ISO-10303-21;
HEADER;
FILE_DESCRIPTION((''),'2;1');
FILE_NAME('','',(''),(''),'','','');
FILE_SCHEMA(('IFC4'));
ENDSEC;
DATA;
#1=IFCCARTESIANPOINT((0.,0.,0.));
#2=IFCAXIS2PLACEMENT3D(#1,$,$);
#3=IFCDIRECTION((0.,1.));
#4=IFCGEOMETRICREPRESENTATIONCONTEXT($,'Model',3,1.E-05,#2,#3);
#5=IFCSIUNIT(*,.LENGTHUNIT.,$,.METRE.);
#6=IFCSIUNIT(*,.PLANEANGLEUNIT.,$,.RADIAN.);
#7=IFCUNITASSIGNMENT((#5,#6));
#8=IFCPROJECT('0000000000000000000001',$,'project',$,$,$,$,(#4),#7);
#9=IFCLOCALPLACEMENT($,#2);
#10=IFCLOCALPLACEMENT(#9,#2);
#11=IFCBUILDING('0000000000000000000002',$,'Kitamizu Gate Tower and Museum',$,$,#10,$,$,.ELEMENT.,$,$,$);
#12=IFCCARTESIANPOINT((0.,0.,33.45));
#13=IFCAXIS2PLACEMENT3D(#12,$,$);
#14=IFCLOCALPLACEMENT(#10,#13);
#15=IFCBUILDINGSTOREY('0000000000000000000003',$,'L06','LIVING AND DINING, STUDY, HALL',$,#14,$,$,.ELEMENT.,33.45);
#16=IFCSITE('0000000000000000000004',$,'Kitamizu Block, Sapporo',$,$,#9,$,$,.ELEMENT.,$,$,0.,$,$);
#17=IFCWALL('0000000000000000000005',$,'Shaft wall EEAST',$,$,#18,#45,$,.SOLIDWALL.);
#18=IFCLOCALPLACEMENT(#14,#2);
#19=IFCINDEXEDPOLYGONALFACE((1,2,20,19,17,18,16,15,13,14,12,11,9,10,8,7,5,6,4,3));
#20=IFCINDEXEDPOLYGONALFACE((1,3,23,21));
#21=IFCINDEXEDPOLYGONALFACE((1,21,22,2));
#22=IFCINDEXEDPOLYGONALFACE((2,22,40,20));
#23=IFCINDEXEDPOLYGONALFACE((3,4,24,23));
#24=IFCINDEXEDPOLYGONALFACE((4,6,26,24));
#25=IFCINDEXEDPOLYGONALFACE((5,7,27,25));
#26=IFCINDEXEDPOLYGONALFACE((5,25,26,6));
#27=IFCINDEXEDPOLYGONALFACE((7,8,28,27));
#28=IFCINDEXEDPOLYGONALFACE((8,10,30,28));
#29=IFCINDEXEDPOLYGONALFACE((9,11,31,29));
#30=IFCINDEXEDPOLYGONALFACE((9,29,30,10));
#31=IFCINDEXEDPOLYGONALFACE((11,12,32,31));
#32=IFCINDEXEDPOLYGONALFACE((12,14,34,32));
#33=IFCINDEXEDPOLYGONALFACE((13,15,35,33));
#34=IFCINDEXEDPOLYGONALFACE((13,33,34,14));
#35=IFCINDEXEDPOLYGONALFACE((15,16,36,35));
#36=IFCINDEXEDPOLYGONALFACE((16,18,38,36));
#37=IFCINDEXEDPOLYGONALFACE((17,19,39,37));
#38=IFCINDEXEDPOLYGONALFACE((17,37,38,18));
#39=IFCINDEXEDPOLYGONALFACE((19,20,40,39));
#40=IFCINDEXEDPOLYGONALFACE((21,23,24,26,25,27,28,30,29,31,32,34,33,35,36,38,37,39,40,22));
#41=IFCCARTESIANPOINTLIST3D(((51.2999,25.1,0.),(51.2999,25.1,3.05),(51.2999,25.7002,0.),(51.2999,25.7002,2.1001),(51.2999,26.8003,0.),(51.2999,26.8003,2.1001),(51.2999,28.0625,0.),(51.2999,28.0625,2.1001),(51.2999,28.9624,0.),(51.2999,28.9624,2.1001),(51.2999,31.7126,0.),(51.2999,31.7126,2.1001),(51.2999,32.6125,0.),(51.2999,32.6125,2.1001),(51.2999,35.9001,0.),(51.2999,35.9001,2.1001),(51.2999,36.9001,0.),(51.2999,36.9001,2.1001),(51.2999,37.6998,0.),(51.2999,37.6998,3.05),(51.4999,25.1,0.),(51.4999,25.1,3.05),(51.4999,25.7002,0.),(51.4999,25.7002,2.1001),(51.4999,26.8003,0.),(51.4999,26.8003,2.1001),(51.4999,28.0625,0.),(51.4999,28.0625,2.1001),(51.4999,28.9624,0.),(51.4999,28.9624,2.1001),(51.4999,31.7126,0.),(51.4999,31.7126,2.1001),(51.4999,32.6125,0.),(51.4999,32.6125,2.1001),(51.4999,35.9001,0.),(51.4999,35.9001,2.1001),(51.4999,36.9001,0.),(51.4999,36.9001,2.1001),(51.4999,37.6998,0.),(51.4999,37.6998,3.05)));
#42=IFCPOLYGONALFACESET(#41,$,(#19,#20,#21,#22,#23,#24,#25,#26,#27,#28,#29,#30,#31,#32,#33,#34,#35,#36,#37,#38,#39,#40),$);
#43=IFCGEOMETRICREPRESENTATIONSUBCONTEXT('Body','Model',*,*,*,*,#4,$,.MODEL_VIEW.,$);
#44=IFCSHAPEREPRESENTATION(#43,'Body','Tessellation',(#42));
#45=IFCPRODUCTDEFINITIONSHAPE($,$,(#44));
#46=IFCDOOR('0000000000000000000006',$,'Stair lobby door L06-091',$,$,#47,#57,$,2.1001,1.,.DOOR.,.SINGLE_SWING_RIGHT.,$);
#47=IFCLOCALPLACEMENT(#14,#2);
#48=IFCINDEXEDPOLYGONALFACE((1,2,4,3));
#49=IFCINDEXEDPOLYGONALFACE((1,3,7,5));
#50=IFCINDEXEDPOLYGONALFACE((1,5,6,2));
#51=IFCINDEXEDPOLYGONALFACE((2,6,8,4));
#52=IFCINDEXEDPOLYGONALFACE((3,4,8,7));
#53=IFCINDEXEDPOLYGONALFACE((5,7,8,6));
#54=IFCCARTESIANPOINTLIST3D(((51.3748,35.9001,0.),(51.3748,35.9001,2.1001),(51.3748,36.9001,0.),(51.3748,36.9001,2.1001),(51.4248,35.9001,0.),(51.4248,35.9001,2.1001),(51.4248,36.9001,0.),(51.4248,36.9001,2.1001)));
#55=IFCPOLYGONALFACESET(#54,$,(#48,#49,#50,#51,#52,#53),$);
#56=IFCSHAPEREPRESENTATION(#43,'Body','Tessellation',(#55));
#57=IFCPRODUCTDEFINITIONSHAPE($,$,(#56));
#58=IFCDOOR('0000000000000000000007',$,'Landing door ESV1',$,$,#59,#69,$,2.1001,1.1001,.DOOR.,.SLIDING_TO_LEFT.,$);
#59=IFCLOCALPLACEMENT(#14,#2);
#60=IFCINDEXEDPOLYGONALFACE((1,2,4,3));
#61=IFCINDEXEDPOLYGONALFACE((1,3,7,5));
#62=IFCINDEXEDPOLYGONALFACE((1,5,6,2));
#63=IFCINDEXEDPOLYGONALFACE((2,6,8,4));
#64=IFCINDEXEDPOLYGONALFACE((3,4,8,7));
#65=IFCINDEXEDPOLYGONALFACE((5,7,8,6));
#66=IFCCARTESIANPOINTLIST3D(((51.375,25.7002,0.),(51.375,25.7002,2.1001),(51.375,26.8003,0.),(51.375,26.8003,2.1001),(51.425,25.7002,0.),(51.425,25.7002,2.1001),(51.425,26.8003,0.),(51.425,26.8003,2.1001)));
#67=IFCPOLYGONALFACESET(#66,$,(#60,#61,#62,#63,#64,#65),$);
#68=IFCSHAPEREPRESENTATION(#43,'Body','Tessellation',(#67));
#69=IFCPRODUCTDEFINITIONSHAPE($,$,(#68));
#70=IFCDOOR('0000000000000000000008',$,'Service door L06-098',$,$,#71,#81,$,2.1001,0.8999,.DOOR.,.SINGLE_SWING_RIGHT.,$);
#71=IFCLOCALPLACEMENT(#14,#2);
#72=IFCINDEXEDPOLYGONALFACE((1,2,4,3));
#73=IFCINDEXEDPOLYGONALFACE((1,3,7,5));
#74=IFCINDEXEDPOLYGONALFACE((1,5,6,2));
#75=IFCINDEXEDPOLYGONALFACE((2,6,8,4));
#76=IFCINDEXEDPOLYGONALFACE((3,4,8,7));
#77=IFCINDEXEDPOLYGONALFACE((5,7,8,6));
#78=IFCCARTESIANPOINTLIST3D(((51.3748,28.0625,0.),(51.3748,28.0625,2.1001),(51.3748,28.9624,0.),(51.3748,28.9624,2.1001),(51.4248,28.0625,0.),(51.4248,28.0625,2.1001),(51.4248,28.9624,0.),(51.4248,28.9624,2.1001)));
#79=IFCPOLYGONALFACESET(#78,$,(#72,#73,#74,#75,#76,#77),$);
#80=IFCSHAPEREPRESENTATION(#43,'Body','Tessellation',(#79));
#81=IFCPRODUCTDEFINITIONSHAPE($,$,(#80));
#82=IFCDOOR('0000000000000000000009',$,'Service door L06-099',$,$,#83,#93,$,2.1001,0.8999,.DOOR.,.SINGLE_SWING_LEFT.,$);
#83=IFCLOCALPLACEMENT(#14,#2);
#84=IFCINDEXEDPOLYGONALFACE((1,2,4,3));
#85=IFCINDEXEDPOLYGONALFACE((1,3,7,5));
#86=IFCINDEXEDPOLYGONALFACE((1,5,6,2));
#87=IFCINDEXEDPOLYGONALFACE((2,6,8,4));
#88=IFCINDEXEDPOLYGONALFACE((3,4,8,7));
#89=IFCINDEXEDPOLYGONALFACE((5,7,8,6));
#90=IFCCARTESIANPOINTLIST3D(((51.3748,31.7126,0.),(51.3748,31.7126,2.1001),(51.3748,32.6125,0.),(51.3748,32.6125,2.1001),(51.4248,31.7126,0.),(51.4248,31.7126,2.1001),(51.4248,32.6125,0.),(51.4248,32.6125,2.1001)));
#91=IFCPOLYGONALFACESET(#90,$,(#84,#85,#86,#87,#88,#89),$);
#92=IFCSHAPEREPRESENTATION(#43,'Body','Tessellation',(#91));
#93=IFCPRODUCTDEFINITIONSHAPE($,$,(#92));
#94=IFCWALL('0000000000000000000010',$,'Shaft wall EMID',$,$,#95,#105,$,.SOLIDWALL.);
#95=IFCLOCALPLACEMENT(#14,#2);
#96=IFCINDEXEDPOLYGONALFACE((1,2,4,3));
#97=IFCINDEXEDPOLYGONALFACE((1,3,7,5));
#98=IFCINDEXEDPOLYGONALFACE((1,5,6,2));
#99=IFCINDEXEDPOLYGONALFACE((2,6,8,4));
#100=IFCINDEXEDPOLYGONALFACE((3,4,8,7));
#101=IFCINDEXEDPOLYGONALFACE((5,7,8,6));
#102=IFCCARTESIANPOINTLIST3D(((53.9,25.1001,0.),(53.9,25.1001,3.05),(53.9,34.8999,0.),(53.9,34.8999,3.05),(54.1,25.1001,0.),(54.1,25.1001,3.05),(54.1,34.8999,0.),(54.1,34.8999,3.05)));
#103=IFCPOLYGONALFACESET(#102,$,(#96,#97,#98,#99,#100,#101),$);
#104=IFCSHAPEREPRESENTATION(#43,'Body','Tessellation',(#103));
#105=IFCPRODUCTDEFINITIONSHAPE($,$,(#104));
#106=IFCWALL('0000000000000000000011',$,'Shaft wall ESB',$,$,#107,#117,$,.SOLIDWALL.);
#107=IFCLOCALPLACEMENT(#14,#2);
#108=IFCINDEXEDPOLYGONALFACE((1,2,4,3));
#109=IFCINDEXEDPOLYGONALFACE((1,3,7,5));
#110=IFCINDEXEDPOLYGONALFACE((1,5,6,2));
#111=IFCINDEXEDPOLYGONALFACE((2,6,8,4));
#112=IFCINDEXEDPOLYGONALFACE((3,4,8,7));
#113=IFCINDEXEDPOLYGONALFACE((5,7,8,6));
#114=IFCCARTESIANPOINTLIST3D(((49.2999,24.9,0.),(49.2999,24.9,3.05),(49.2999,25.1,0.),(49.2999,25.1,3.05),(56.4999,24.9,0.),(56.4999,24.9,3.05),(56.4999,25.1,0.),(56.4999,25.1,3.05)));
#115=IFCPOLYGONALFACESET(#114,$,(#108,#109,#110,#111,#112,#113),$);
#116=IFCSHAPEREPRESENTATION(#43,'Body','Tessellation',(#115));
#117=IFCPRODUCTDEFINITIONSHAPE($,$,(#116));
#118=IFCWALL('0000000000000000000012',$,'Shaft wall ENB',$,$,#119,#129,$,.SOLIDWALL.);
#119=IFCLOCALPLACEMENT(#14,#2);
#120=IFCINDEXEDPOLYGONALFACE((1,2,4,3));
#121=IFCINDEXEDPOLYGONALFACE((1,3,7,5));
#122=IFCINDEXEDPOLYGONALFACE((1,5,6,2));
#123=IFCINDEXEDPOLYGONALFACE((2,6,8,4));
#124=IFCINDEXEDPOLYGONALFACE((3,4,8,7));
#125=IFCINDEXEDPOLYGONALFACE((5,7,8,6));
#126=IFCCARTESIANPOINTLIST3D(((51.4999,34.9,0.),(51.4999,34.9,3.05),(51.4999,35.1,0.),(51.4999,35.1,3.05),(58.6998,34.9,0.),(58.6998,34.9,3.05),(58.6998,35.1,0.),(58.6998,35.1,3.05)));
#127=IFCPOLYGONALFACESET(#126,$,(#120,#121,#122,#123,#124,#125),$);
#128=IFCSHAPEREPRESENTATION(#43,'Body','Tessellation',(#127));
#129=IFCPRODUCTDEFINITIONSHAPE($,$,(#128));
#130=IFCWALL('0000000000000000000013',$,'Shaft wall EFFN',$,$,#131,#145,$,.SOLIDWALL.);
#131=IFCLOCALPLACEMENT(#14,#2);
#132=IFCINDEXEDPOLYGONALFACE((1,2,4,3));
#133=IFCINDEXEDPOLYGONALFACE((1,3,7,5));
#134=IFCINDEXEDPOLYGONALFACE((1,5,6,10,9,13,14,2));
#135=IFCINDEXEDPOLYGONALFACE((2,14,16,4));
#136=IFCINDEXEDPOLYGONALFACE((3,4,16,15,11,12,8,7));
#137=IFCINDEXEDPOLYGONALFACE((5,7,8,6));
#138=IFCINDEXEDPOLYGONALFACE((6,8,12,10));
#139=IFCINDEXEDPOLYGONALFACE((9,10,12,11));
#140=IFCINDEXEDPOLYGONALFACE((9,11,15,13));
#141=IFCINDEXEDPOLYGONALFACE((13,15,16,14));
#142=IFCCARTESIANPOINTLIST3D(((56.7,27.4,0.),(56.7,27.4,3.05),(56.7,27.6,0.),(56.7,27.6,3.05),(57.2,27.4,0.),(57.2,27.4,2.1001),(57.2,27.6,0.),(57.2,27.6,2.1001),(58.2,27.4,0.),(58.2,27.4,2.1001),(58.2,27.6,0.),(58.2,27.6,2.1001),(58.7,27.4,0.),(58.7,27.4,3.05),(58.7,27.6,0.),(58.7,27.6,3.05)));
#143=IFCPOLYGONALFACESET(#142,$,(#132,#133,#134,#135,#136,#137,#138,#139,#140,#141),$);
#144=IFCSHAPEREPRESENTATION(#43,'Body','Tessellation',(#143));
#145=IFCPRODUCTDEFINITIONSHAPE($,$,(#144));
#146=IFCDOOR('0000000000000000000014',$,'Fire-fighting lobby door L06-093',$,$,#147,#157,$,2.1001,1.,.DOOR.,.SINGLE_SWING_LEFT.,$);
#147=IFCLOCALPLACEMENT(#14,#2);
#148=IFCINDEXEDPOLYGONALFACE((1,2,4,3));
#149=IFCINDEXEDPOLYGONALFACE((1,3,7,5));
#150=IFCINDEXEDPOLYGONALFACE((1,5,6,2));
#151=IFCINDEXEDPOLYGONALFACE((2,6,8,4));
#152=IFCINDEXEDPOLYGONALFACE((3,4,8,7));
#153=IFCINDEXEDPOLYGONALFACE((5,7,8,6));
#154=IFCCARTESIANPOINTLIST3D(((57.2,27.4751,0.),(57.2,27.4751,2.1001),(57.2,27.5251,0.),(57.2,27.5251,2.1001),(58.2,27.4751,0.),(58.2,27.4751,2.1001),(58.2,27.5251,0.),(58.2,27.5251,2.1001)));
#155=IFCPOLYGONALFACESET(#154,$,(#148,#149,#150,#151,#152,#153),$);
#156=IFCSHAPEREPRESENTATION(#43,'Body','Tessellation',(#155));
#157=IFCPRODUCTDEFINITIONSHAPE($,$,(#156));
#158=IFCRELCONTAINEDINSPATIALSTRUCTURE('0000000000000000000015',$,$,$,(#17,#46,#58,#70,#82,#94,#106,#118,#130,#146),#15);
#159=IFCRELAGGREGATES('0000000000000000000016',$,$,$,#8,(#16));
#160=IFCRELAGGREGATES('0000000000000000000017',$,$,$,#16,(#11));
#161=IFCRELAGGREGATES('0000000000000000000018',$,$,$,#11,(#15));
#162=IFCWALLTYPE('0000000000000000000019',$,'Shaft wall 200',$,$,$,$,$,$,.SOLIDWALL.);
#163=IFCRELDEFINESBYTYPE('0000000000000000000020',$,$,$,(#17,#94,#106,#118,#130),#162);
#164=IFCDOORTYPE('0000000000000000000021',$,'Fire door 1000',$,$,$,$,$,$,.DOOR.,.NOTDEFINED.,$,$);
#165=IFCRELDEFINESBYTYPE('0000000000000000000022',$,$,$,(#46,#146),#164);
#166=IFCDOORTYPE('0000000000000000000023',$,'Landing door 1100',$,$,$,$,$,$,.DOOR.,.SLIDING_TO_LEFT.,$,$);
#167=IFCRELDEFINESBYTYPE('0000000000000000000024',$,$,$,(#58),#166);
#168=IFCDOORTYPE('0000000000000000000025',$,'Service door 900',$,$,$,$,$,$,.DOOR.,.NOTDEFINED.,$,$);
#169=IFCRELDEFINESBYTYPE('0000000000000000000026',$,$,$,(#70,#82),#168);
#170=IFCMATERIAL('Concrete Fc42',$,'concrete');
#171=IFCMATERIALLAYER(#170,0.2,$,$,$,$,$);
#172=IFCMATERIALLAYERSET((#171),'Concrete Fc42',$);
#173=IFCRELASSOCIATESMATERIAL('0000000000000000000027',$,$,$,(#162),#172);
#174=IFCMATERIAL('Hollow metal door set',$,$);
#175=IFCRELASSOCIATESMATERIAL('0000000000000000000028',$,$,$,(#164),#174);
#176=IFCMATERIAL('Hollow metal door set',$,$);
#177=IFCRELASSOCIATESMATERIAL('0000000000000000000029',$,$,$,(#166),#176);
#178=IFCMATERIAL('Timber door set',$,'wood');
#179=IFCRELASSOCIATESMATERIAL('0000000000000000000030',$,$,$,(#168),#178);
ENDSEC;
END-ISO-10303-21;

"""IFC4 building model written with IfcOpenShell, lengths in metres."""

from ifc_helpers import new_model, si_unit, direction, frame, frame_2d, origin, place, context, subcontext, project, spatial, rectangle, extrude, material, layer, layer_set, type_object, element, fill, save


model = new_model("IFC4")

# Units and contexts
model_context = context("Model", 3, precision=1e-05, world=origin(), true_north=direction((0.0, 1.0)))
body_context = subcontext(model_context, "Body", "Model", "MODEL_VIEW")
ifc_project = project(units=[si_unit("LENGTHUNIT", "METRE"), si_unit("PLANEANGLEUNIT", "RADIAN")], contexts=[model_context])

# Site, building, storey
site_placement = place(None, origin())
site = spatial("IfcSite", under=ifc_project, at=site_placement, Name="Kitamizu Block, Sapporo", CompositionType="ELEMENT", RefElevation=0.0)
building_placement = place(site_placement, origin())
building = spatial("IfcBuilding", under=site, at=building_placement, Name="Kitamizu Gate Tower and Museum", CompositionType="ELEMENT")
storey_placement = place(building_placement, frame((0.0, 0.0, 33.45)))
storey = spatial("IfcBuildingStorey", under=building, at=storey_placement, Name="L06", Description="LIVING AND DINING, STUDY, HALL", CompositionType="ELEMENT", Elevation=33.45)

# Wall, openings, doors
ifc_material_1 = material(Name="Concrete Fc42", Category="concrete")
ifc_layer_1 = layer(ifc_material_1, 0.2)
ifc_layer_set_1 = layer_set([ifc_layer_1], Name="Concrete Fc42")
wall_type_1 = type_object("IfcWallType", Name="Shaft wall 200", PredefinedType="SOLIDWALL", material=ifc_layer_set_1)
wall_1_placement = place(storey_placement, frame((51.3999, 25.1001, 0.0), z_axis=(0.0, 0.0, 1.0), x_axis=(0.0, 1.0, 0.0)))
wall_1 = element("IfcWall", 1, at=wall_1_placement, inside=storey, type_object=wall_type_1, Name="Shaft wall EEAST", PredefinedType="SOLIDWALL", context=body_context, shape_type="SweptSolid", body=[
    extrude(rectangle(XDim=12.5999, YDim=0.2, at=frame_2d((6.2998, 0.0))), origin(), (0.0, 0.0, 1.0), 3.05),
])
opening_1_placement = place(wall_1_placement, frame((0.6001, 0.0, 0.0)))
opening_1 = element("IfcOpeningElement", 2, at=opening_1_placement, cuts=wall_1, PredefinedType="OPENING", context=body_context, shape_type="SweptSolid", body=[
    extrude(rectangle(XDim=1.1001, YDim=2.1001, at=frame_2d((0.55, 1.05))), frame((0.0, 0.1099, 0.0), z_axis=(0.0, -1.0, 0.0), x_axis=(1.0, 0.0, 0.0)), (0.0, 0.0, 1.0), 0.22),
])
opening_2_placement = place(wall_1_placement, frame((10.8, 0.0, 0.0)))
opening_2 = element("IfcOpeningElement", 3, at=opening_2_placement, cuts=wall_1, PredefinedType="OPENING", context=body_context, shape_type="SweptSolid", body=[
    extrude(rectangle(XDim=1.0, YDim=2.1001, at=frame_2d((0.5, 1.05))), frame((0.0, 0.1099, 0.0), z_axis=(0.0, -1.0, 0.0), x_axis=(1.0, 0.0, 0.0)), (0.0, 0.0, 1.0), 0.22),
])
opening_3_placement = place(wall_1_placement, frame((2.9624, 0.0, 0.0)))
opening_3 = element("IfcOpeningElement", 4, at=opening_3_placement, cuts=wall_1, PredefinedType="OPENING", context=body_context, shape_type="SweptSolid", body=[
    extrude(rectangle(XDim=0.8999, YDim=2.1001, at=frame_2d((0.45, 1.05))), frame((0.0, 0.1099, 0.0), z_axis=(0.0, -1.0, 0.0), x_axis=(1.0, 0.0, 0.0)), (0.0, 0.0, 1.0), 0.22),
])
opening_4_placement = place(wall_1_placement, frame((6.6125, 0.0, 0.0)))
opening_4 = element("IfcOpeningElement", 5, at=opening_4_placement, cuts=wall_1, PredefinedType="OPENING", context=body_context, shape_type="SweptSolid", body=[
    extrude(rectangle(XDim=0.8999, YDim=2.1001, at=frame_2d((0.45, 1.05))), frame((0.0, 0.1099, 0.0), z_axis=(0.0, -1.0, 0.0), x_axis=(1.0, 0.0, 0.0)), (0.0, 0.0, 1.0), 0.22),
])
ifc_material_2 = material(Name="Hollow metal door set")
door_type_1 = type_object("IfcDoorType", Name="Fire door 1000", OperationType="NOTDEFINED", PredefinedType="DOOR", material=ifc_material_2)
door_1_placement = place(opening_2_placement, frame((1.0, 0.0, 0.0), x_axis=(-1.0, 0.0, 0.0)))
door_1 = element("IfcDoor", 6, at=door_1_placement, inside=storey, type_object=door_type_1, Name="Stair lobby door L06-091", OperationType="SINGLE_SWING_RIGHT", OverallHeight=2.1001, OverallWidth=1.0, PredefinedType="DOOR", context=body_context, shape_type="SweptSolid", body=[
    extrude(rectangle(XDim=1.0, YDim=2.1001, at=frame_2d((0.5, 1.05))), frame((0.0, 0.0249, 0.0), z_axis=(0.0, -1.0, 0.0), x_axis=(1.0, 0.0, 0.0)), (0.0, 0.0, 1.0), 0.05),
])
fill(opening_2, door_1)
ifc_material_3 = material(Name="Hollow metal door set")
door_type_2 = type_object("IfcDoorType", Name="Landing door 1100", OperationType="SLIDING_TO_LEFT", PredefinedType="DOOR", material=ifc_material_3)
door_2_placement = place(opening_1_placement, origin())
door_2 = element("IfcDoor", 7, at=door_2_placement, inside=storey, type_object=door_type_2, Name="Landing door ESV1", OperationType="SLIDING_TO_LEFT", OverallHeight=2.1001, OverallWidth=1.1001, PredefinedType="DOOR", context=body_context, shape_type="SweptSolid", body=[
    extrude(rectangle(XDim=1.1001, YDim=2.1001, at=frame_2d((0.55, 1.05))), frame((0.0, 0.0249, 0.0), z_axis=(0.0, -1.0, 0.0), x_axis=(1.0, 0.0, 0.0)), (0.0, 0.0, 1.0), 0.05),
])
fill(opening_1, door_2)
ifc_material_4 = material(Name="Timber door set", Category="wood")
door_type_3 = type_object("IfcDoorType", Name="Service door 900", OperationType="NOTDEFINED", PredefinedType="DOOR", material=ifc_material_4)
door_3_placement = place(opening_3_placement, frame((0.8999, 0.0, 0.0), x_axis=(-1.0, 0.0, 0.0)))
door_3 = element("IfcDoor", 8, at=door_3_placement, inside=storey, type_object=door_type_3, Name="Service door L06-098", OperationType="SINGLE_SWING_RIGHT", OverallHeight=2.1001, OverallWidth=0.8999, PredefinedType="DOOR", context=body_context, shape_type="SweptSolid", body=[
    extrude(rectangle(XDim=0.8999, YDim=2.1001, at=frame_2d((0.45, 1.05))), frame((0.0, 0.0249, 0.0), z_axis=(0.0, -1.0, 0.0), x_axis=(1.0, 0.0, 0.0)), (0.0, 0.0, 1.0), 0.05),
])
fill(opening_3, door_3)
door_4_placement = place(opening_4_placement, frame((0.8999, 0.0, 0.0), x_axis=(-1.0, 0.0, 0.0)))
door_4 = element("IfcDoor", 9, at=door_4_placement, inside=storey, type_object=door_type_3, Name="Service door L06-099", OperationType="SINGLE_SWING_LEFT", OverallHeight=2.1001, OverallWidth=0.8999, PredefinedType="DOOR", context=body_context, shape_type="SweptSolid", body=[
    extrude(rectangle(XDim=0.8999, YDim=2.1001, at=frame_2d((0.45, 1.05))), frame((0.0, 0.0249, 0.0), z_axis=(0.0, -1.0, 0.0), x_axis=(1.0, 0.0, 0.0)), (0.0, 0.0, 1.0), 0.05),
])
fill(opening_4, door_4)

# Walls
wall_2_placement = place(storey_placement, frame((54.0, 25.1001, 0.0), z_axis=(0.0, 0.0, 1.0), x_axis=(0.0, 1.0, 0.0)))
element("IfcWall", 10, at=wall_2_placement, inside=storey, type_object=wall_type_1, Name="Shaft wall EMID", PredefinedType="SOLIDWALL", context=body_context, shape_type="SweptSolid", body=[
    extrude(rectangle(XDim=9.7998, YDim=0.2, at=frame_2d((4.8999, 0.0))), origin(), (0.0, 0.0, 1.0), 3.05),
])
for number, where, z_axis, x_axis, name in (
    (11, (56.5, 25.0, 0.0), (0.0, 0.0, 1.0), (-1.0, 0.0, 0.0), "Shaft wall ESB"),
    (12, (58.7, 35.0, 0.0), (0.0, 0.0, 1.0), (-1.0, 0.0, 0.0), "Shaft wall ENB"),
):
    element("IfcWall", number, at=place(storey_placement, frame(where, z_axis=z_axis, x_axis=x_axis)), inside=storey, type_object=wall_type_1, Name=name, PredefinedType="SOLIDWALL", context=body_context, shape_type="SweptSolid", body=[
        extrude(rectangle(XDim=7.2, YDim=0.2, at=frame_2d((3.6001, 0.0))), origin(), (0.0, 0.0, 1.0), 3.05),
    ])

# Wall, opening, door
wall_3_placement = place(storey_placement, frame((58.7, 27.5, 0.0), z_axis=(0.0, 0.0, 1.0), x_axis=(-1.0, 0.0, 0.0)))
wall_3 = element("IfcWall", 13, at=wall_3_placement, inside=storey, type_object=wall_type_1, Name="Shaft wall EFFN", PredefinedType="SOLIDWALL", context=body_context, shape_type="SweptSolid", body=[
    extrude(rectangle(XDim=2.0, YDim=0.2, at=frame_2d((1.0, 0.0))), origin(), (0.0, 0.0, 1.0), 3.05),
])
opening_5_placement = place(wall_3_placement, frame((0.5, 0.0, 0.0)))
opening_5 = element("IfcOpeningElement", 14, at=opening_5_placement, cuts=wall_3, PredefinedType="OPENING", context=body_context, shape_type="SweptSolid", body=[
    extrude(rectangle(XDim=1.0, YDim=2.1001, at=frame_2d((0.5, 1.05))), frame((0.0, 0.1099, 0.0), z_axis=(0.0, -1.0, 0.0), x_axis=(1.0, 0.0, 0.0)), (0.0, 0.0, 1.0), 0.22),
])
door_5_placement = place(opening_5_placement, origin())
door_5 = element("IfcDoor", 15, at=door_5_placement, inside=storey, type_object=door_type_1, Name="Fire-fighting lobby door L06-093", OperationType="SINGLE_SWING_LEFT", OverallHeight=2.1001, OverallWidth=1.0, PredefinedType="DOOR", context=body_context, shape_type="SweptSolid", body=[
    extrude(rectangle(XDim=1.0, YDim=2.1001, at=frame_2d((0.5, 1.05))), frame((0.0, 0.0249, 0.0), z_axis=(0.0, -1.0, 0.0), x_axis=(1.0, 0.0, 0.0)), (0.0, 0.0, 1.0), 0.05),
])
fill(opening_5, door_5)

save(model, "model.ifc")
